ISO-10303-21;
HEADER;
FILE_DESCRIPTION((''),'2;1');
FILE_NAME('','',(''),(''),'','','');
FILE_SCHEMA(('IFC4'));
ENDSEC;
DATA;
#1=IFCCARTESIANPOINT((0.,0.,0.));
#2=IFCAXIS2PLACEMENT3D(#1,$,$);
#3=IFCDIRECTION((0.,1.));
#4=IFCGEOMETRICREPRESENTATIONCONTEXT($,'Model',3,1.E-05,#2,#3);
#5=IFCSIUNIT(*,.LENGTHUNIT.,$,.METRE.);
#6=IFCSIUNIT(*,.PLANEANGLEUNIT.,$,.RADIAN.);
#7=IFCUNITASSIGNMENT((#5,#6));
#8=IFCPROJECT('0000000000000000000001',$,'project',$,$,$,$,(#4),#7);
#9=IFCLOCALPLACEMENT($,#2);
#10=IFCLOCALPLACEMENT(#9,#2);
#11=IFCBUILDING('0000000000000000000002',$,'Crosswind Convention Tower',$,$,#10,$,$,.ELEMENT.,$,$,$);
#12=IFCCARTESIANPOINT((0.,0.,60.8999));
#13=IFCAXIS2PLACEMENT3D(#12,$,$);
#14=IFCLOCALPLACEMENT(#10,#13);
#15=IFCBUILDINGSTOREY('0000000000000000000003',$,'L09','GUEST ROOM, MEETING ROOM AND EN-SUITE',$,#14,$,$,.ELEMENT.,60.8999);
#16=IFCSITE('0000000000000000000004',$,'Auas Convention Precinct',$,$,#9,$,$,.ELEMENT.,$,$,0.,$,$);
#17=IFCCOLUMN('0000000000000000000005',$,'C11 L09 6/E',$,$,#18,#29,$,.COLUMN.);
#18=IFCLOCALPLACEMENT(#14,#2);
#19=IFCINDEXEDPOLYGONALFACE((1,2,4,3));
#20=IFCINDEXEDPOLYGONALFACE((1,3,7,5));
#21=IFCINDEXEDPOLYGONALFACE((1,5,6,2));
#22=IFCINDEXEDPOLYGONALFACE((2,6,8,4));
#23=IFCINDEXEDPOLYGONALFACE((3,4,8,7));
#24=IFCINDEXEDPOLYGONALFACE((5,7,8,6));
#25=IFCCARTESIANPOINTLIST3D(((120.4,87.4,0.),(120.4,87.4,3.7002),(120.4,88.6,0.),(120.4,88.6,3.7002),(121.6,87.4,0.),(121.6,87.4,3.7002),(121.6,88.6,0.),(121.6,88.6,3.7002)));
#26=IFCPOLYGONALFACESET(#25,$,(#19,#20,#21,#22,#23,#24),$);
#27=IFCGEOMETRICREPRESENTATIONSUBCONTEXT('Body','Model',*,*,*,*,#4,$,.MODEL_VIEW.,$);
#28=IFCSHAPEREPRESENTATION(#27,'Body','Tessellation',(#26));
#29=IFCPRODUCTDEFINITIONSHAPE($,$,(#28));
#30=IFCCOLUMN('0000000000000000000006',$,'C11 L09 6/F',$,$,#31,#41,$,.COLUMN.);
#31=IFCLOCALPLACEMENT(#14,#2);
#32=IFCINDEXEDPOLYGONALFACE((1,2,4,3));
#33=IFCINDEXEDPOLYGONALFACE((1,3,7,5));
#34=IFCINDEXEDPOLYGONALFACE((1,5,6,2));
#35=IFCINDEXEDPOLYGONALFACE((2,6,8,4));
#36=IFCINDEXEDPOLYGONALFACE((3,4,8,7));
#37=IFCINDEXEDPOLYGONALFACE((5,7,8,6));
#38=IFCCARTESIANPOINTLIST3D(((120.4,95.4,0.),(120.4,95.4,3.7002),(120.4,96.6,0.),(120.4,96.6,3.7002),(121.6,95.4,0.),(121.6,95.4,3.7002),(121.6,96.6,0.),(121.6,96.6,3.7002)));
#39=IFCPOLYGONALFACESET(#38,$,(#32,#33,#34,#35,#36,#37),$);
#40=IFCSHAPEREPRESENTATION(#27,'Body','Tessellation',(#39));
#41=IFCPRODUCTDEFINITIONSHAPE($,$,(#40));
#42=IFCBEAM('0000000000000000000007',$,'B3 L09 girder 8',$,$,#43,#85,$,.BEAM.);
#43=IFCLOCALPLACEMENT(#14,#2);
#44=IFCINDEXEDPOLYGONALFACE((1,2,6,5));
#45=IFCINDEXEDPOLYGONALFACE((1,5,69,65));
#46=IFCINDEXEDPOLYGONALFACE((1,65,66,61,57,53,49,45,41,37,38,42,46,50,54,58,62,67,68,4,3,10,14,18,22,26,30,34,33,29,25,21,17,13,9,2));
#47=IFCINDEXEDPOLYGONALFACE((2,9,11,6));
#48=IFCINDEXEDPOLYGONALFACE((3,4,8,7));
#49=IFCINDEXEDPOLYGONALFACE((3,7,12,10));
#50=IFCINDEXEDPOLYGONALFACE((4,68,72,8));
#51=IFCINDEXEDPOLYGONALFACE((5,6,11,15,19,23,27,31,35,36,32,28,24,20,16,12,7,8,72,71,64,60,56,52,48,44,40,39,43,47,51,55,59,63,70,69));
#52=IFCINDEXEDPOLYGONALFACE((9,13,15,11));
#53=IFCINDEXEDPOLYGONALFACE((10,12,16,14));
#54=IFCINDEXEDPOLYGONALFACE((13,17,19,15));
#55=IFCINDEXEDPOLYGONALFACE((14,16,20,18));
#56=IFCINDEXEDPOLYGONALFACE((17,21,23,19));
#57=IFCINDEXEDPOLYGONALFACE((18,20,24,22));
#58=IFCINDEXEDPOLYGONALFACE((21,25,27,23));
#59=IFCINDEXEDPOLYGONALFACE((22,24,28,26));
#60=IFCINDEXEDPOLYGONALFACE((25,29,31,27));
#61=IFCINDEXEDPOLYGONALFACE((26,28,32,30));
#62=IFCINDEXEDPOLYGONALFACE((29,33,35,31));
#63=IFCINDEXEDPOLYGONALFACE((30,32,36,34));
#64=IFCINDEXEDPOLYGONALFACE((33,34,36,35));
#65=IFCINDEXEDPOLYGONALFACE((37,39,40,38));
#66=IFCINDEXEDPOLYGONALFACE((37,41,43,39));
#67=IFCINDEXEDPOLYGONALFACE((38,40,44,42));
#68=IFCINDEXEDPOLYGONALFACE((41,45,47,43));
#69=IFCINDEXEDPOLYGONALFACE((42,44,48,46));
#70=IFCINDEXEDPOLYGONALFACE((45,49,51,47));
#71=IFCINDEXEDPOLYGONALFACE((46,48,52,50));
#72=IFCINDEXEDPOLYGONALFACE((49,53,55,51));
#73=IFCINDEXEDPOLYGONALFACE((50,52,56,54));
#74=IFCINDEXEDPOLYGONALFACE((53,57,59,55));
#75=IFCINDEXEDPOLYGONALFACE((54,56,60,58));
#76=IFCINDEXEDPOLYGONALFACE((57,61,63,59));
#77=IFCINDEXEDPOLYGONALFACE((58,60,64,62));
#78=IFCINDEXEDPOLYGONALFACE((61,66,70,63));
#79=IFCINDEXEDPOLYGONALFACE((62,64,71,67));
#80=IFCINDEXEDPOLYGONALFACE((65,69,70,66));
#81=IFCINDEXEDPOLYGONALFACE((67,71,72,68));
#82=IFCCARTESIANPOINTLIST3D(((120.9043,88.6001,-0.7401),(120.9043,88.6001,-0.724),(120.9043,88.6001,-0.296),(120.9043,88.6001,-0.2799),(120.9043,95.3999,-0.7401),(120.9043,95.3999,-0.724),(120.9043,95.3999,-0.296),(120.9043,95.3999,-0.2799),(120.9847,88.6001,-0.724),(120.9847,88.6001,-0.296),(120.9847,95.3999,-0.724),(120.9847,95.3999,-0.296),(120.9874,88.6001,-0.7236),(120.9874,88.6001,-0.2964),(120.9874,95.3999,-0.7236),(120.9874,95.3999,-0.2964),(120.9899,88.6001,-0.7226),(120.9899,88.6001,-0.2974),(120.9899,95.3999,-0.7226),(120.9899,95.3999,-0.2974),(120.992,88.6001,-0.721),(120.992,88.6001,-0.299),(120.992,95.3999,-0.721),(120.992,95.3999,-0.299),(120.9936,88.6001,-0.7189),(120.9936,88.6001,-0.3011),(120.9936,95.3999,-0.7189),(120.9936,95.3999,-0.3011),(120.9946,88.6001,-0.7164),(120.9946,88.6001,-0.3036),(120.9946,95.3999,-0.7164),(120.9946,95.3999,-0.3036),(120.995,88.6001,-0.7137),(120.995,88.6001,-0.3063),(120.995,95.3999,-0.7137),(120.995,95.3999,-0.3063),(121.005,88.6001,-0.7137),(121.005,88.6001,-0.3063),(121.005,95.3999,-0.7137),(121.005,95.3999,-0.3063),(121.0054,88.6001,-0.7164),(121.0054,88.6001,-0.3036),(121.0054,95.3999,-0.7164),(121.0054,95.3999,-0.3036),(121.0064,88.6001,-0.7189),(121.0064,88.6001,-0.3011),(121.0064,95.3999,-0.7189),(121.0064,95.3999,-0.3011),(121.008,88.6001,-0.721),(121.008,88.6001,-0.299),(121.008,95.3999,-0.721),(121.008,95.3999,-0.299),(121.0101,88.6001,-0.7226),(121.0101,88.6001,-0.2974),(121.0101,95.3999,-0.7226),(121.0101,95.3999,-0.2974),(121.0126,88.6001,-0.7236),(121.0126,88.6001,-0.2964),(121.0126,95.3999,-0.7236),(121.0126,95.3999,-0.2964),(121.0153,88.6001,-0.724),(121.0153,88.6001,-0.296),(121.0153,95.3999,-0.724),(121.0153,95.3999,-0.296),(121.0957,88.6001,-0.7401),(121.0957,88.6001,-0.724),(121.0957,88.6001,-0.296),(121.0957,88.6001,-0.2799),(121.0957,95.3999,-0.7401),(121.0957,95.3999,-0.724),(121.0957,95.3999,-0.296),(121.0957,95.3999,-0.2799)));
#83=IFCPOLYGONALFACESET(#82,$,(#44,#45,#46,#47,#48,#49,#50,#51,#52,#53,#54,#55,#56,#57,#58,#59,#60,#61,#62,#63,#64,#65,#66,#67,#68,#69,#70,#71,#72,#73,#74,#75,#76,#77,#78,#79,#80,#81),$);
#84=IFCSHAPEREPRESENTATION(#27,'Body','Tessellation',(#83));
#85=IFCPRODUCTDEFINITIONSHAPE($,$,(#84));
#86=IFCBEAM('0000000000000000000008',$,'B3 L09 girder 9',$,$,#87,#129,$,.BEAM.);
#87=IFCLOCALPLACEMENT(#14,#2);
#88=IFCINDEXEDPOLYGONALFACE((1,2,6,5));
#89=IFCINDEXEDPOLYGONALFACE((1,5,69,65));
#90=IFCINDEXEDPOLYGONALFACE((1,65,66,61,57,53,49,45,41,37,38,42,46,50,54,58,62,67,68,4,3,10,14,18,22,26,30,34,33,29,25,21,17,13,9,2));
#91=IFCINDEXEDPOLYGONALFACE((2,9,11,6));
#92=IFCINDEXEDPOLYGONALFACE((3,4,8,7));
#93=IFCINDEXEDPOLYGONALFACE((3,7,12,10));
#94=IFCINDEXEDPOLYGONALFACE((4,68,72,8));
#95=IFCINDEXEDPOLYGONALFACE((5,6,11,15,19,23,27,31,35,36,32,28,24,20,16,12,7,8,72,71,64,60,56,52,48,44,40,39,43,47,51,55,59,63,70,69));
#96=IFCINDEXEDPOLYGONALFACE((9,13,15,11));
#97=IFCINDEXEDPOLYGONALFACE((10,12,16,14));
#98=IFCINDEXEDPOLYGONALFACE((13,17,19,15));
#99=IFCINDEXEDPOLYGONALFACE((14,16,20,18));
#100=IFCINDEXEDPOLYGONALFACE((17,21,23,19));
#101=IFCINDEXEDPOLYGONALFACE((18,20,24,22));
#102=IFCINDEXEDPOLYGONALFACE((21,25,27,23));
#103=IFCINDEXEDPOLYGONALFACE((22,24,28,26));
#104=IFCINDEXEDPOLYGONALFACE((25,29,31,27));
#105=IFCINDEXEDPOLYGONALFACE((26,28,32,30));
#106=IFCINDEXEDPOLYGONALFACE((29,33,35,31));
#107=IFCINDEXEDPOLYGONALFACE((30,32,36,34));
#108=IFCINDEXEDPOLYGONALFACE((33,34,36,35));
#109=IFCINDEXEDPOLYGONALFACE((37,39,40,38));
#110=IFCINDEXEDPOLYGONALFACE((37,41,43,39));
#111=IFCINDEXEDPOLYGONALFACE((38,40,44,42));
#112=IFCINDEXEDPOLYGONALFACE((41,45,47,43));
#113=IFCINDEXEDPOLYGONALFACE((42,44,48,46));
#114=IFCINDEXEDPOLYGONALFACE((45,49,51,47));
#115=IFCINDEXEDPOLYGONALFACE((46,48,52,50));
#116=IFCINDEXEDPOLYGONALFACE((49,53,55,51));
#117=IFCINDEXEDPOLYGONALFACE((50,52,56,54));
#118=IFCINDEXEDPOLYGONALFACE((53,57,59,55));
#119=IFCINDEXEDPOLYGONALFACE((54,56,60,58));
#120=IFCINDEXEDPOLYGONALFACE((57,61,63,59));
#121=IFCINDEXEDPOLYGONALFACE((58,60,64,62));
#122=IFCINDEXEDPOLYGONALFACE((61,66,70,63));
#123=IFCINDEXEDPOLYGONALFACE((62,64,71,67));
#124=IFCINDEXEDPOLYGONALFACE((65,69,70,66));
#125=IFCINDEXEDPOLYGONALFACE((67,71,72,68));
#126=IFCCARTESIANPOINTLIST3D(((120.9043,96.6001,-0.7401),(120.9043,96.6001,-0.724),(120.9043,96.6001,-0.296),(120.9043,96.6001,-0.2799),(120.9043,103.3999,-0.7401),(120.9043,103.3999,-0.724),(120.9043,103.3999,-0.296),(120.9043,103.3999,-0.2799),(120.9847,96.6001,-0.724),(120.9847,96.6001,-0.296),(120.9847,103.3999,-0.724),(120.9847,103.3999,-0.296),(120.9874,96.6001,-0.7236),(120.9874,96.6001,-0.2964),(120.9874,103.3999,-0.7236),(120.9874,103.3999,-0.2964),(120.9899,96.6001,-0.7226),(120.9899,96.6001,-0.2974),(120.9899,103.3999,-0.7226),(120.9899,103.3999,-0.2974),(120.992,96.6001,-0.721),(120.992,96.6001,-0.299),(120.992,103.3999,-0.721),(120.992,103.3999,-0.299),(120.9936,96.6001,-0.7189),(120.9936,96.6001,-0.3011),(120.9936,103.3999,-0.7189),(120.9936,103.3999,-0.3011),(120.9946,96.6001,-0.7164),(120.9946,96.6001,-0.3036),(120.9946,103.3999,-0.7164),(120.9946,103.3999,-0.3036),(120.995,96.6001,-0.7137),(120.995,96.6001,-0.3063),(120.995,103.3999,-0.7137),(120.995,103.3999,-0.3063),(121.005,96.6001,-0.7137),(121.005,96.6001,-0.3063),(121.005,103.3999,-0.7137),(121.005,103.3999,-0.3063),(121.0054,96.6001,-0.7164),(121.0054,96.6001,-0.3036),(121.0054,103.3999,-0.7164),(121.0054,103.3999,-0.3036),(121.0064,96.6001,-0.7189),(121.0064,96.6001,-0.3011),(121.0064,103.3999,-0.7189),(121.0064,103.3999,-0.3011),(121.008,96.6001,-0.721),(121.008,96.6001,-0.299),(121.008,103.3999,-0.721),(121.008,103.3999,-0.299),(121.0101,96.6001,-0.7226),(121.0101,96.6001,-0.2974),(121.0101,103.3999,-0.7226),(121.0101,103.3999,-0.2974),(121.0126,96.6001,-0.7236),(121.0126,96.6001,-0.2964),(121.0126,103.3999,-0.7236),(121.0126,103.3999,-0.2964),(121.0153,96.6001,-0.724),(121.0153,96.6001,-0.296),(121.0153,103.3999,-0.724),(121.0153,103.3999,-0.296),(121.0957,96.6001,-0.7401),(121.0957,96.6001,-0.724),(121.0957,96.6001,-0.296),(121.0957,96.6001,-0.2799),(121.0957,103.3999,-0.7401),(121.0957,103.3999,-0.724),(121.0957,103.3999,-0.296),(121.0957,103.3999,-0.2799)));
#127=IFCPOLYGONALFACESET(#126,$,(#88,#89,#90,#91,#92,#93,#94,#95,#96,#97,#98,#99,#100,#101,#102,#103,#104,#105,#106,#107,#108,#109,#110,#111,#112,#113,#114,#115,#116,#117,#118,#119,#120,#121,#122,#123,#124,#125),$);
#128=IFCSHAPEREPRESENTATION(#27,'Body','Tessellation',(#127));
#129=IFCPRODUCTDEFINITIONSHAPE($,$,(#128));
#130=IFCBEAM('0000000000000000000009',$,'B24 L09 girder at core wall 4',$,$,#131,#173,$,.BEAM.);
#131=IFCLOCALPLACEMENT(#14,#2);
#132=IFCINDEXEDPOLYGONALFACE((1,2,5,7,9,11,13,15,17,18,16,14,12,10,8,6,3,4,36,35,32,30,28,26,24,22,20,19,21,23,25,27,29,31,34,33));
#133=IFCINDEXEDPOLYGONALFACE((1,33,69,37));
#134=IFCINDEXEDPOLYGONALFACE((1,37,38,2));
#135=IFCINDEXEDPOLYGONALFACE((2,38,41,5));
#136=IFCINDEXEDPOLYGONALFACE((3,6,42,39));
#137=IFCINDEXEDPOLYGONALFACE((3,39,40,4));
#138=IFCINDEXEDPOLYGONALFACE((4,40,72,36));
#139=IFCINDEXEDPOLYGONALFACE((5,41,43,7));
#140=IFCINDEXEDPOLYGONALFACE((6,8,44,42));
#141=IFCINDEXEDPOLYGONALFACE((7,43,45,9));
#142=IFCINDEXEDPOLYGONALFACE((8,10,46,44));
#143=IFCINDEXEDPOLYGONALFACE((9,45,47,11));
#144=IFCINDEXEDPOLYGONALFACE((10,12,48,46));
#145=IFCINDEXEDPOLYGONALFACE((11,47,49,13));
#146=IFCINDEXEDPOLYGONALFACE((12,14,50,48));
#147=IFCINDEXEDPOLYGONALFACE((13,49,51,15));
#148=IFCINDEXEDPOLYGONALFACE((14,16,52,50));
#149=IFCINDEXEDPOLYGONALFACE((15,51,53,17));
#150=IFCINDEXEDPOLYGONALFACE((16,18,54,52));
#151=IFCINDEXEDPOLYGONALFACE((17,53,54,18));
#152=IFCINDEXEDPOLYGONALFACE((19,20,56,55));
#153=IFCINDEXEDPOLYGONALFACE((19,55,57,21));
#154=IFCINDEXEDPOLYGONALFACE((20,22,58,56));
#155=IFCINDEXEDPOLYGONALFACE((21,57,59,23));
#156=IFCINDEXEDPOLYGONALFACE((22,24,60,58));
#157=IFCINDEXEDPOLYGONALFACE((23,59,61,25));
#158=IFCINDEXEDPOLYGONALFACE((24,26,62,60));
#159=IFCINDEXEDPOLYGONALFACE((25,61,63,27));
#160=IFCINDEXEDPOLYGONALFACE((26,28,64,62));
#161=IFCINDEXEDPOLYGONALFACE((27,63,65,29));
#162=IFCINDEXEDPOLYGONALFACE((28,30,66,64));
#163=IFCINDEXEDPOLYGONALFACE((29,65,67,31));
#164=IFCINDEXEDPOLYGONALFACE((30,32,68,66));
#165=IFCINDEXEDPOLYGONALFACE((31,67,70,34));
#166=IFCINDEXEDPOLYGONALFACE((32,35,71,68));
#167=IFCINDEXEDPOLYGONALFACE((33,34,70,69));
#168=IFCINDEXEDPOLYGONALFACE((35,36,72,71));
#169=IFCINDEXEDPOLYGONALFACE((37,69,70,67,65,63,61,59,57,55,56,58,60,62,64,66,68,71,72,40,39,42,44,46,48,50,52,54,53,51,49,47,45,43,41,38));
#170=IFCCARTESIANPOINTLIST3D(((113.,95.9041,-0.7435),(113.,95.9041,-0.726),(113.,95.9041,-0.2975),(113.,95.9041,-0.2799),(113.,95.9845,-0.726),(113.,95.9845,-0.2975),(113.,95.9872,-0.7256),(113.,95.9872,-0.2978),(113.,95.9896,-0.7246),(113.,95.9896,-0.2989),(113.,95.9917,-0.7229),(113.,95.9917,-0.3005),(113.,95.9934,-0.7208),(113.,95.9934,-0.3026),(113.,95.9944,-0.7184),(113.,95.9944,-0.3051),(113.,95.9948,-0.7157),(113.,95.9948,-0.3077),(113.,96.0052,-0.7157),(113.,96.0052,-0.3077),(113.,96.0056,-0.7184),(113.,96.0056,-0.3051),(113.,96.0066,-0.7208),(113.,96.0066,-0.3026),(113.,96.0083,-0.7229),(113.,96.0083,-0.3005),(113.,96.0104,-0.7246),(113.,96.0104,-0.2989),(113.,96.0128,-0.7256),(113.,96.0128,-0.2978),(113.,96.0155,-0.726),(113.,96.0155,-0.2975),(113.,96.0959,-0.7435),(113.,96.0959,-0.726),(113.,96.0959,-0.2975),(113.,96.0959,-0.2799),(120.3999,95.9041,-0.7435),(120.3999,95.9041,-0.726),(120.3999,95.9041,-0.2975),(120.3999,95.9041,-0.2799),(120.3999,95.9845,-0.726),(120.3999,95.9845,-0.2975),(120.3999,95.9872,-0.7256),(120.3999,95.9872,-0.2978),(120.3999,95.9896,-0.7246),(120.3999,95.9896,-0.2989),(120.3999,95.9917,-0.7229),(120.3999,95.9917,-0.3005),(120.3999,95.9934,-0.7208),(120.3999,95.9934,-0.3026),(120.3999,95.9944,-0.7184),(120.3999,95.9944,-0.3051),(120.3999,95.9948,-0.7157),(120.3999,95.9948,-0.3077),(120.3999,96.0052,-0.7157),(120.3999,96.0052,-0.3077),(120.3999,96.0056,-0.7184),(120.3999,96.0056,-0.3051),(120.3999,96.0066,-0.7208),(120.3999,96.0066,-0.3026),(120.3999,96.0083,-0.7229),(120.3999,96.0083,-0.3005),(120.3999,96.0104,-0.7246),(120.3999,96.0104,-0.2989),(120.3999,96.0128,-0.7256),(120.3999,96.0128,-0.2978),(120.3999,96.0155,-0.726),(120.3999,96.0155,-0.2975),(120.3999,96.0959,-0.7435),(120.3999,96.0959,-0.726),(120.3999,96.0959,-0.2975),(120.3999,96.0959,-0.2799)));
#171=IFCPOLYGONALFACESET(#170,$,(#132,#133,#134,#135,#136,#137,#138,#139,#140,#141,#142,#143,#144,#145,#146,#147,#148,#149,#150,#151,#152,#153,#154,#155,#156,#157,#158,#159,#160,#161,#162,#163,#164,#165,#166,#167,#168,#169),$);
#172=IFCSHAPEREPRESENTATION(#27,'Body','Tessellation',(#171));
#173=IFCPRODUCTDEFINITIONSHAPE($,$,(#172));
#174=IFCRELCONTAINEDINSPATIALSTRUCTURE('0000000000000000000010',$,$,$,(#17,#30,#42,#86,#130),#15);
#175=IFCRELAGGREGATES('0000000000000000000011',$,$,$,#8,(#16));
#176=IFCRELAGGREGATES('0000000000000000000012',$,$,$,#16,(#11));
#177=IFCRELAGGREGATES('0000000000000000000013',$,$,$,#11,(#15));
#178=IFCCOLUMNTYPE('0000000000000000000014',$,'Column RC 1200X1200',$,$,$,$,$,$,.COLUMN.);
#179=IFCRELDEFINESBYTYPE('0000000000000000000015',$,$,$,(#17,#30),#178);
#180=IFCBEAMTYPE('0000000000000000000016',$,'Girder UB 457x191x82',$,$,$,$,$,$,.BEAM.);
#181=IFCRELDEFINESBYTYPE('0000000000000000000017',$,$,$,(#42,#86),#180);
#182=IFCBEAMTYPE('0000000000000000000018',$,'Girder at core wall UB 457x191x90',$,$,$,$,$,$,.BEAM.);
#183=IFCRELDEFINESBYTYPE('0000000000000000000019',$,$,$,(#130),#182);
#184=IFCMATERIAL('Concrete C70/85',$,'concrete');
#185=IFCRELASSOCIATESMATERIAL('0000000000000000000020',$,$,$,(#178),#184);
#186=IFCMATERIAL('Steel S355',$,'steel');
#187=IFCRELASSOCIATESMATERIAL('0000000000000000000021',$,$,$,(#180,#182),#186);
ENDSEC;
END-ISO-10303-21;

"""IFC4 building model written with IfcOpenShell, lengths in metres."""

from ifc_helpers import new_model, si_unit, direction, frame, origin, origin_2d, place, context, subcontext, project, spatial, rectangle, i_section, extrude, material, material_profile, profile_set, type_object, element, save


model = new_model("IFC4")

# Units and contexts
model_context = context("Model", 3, precision=1e-05, world=origin(), true_north=direction((0.0, 1.0)))
body_context = subcontext(model_context, "Body", "Model", "MODEL_VIEW")
ifc_project = project(units=[si_unit("LENGTHUNIT", "METRE"), si_unit("PLANEANGLEUNIT", "RADIAN")], contexts=[model_context])

# Site, building, storey
site_placement = place(None, origin())
site = spatial("IfcSite", under=ifc_project, at=site_placement, Name="Auas Convention Precinct", CompositionType="ELEMENT", RefElevation=0.0)
building_placement = place(site_placement, origin())
building = spatial("IfcBuilding", under=site, at=building_placement, Name="Crosswind Convention Tower", CompositionType="ELEMENT")
storey_placement = place(building_placement, frame((0.0, 0.0, 60.8999)))
storey = spatial("IfcBuildingStorey", under=building, at=storey_placement, Name="L09", Description="GUEST ROOM, MEETING ROOM AND EN-SUITE", CompositionType="ELEMENT", Elevation=60.8999)

# Columns
ifc_material_1 = material(Name="Concrete C70/85", Category="concrete")
ifc_material_profile_1 = material_profile(ifc_material_1, rectangle(XDim=1.2, YDim=1.2, at=origin_2d()), Name="RC 1200X1200")
ifc_profile_set_1 = profile_set([ifc_material_profile_1], Name="Concrete C70/85")
column_type = type_object("IfcColumnType", Name="Column RC 1200X1200", PredefinedType="COLUMN", material=ifc_profile_set_1)
for number, where, z_axis, x_axis, name in (
    (1, (121.0, 88.0, 0.0), (0.0, 0.0, 1.0), (1.0, 0.0, 0.0), "C11 L09 6/E"),
    (2, (121.0, 96.0, 0.0), (0.0, 0.0, 1.0), (1.0, 0.0, 0.0), "C11 L09 6/F"),
):
    element("IfcColumn", number, at=place(storey_placement, frame(where, z_axis=z_axis, x_axis=x_axis)), inside=storey, type_object=column_type, Name=name, PredefinedType="COLUMN", context=body_context, shape_type="SweptSolid", body=[
        extrude(rectangle(XDim=1.2, YDim=1.2, at=origin_2d()), origin(), (0.0, 0.0, 1.0), 3.7002),
    ])

# Beams
ifc_material_2 = material(Name="Steel S355", Category="steel")
ifc_material_profile_2 = material_profile(ifc_material_2, i_section(OverallWidth=0.1914, OverallDepth=0.4602, WebThickness=0.01, FlangeThickness=0.0161, FilletRadius=0.0103, at=origin_2d()), Name="UB 457x191x82")
ifc_profile_set_2 = profile_set([ifc_material_profile_2], Name="Steel S355")
beam_type_1 = type_object("IfcBeamType", Name="Girder UB 457x191x82", PredefinedType="BEAM", material=ifc_profile_set_2)
for number, where, z_axis, x_axis, name in (
    (3, (121.0, 88.6001, -0.51), (0.0, 1.0, 0.0), (-1.0, 0.0, 0.0), "B3 L09 girder 8"),
    (4, (121.0, 96.6001, -0.51), (0.0, 1.0, 0.0), (-1.0, 0.0, 0.0), "B3 L09 girder 9"),
):
    element("IfcBeam", number, at=place(storey_placement, frame(where, z_axis=z_axis, x_axis=x_axis)), inside=storey, type_object=beam_type_1, Name=name, PredefinedType="BEAM", context=body_context, shape_type="SweptSolid", body=[
        extrude(i_section(OverallWidth=0.1914, OverallDepth=0.4602, WebThickness=0.01, FlangeThickness=0.0161, FilletRadius=0.0103, at=origin_2d()), origin(), (0.0, 0.0, 1.0), 6.7998),
    ])
ifc_material_profile_3 = material_profile(ifc_material_2, i_section(OverallWidth=0.1919, OverallDepth=0.4636, WebThickness=0.0105, FlangeThickness=0.0176, FilletRadius=0.0103, at=origin_2d()), Name="UB 457x191x90")
ifc_profile_set_3 = profile_set([ifc_material_profile_3], Name="Steel S355")
beam_type_2 = type_object("IfcBeamType", Name="Girder at core wall UB 457x191x90", PredefinedType="BEAM", material=ifc_profile_set_3)
beam_1_placement = place(storey_placement, frame((113.0, 96.0, -0.5117), z_axis=(1.0, 0.0, 0.0), x_axis=(0.0, 1.0, 0.0)))
element("IfcBeam", 5, at=beam_1_placement, inside=storey, type_object=beam_type_2, Name="B24 L09 girder at core wall 4", PredefinedType="BEAM", context=body_context, shape_type="SweptSolid", body=[
    extrude(i_section(OverallWidth=0.1919, OverallDepth=0.4636, WebThickness=0.0105, FlangeThickness=0.0176, FilletRadius=0.0103, at=origin_2d()), origin(), (0.0, 0.0, 1.0), 7.3999),
])

save(model, "model.ifc")
